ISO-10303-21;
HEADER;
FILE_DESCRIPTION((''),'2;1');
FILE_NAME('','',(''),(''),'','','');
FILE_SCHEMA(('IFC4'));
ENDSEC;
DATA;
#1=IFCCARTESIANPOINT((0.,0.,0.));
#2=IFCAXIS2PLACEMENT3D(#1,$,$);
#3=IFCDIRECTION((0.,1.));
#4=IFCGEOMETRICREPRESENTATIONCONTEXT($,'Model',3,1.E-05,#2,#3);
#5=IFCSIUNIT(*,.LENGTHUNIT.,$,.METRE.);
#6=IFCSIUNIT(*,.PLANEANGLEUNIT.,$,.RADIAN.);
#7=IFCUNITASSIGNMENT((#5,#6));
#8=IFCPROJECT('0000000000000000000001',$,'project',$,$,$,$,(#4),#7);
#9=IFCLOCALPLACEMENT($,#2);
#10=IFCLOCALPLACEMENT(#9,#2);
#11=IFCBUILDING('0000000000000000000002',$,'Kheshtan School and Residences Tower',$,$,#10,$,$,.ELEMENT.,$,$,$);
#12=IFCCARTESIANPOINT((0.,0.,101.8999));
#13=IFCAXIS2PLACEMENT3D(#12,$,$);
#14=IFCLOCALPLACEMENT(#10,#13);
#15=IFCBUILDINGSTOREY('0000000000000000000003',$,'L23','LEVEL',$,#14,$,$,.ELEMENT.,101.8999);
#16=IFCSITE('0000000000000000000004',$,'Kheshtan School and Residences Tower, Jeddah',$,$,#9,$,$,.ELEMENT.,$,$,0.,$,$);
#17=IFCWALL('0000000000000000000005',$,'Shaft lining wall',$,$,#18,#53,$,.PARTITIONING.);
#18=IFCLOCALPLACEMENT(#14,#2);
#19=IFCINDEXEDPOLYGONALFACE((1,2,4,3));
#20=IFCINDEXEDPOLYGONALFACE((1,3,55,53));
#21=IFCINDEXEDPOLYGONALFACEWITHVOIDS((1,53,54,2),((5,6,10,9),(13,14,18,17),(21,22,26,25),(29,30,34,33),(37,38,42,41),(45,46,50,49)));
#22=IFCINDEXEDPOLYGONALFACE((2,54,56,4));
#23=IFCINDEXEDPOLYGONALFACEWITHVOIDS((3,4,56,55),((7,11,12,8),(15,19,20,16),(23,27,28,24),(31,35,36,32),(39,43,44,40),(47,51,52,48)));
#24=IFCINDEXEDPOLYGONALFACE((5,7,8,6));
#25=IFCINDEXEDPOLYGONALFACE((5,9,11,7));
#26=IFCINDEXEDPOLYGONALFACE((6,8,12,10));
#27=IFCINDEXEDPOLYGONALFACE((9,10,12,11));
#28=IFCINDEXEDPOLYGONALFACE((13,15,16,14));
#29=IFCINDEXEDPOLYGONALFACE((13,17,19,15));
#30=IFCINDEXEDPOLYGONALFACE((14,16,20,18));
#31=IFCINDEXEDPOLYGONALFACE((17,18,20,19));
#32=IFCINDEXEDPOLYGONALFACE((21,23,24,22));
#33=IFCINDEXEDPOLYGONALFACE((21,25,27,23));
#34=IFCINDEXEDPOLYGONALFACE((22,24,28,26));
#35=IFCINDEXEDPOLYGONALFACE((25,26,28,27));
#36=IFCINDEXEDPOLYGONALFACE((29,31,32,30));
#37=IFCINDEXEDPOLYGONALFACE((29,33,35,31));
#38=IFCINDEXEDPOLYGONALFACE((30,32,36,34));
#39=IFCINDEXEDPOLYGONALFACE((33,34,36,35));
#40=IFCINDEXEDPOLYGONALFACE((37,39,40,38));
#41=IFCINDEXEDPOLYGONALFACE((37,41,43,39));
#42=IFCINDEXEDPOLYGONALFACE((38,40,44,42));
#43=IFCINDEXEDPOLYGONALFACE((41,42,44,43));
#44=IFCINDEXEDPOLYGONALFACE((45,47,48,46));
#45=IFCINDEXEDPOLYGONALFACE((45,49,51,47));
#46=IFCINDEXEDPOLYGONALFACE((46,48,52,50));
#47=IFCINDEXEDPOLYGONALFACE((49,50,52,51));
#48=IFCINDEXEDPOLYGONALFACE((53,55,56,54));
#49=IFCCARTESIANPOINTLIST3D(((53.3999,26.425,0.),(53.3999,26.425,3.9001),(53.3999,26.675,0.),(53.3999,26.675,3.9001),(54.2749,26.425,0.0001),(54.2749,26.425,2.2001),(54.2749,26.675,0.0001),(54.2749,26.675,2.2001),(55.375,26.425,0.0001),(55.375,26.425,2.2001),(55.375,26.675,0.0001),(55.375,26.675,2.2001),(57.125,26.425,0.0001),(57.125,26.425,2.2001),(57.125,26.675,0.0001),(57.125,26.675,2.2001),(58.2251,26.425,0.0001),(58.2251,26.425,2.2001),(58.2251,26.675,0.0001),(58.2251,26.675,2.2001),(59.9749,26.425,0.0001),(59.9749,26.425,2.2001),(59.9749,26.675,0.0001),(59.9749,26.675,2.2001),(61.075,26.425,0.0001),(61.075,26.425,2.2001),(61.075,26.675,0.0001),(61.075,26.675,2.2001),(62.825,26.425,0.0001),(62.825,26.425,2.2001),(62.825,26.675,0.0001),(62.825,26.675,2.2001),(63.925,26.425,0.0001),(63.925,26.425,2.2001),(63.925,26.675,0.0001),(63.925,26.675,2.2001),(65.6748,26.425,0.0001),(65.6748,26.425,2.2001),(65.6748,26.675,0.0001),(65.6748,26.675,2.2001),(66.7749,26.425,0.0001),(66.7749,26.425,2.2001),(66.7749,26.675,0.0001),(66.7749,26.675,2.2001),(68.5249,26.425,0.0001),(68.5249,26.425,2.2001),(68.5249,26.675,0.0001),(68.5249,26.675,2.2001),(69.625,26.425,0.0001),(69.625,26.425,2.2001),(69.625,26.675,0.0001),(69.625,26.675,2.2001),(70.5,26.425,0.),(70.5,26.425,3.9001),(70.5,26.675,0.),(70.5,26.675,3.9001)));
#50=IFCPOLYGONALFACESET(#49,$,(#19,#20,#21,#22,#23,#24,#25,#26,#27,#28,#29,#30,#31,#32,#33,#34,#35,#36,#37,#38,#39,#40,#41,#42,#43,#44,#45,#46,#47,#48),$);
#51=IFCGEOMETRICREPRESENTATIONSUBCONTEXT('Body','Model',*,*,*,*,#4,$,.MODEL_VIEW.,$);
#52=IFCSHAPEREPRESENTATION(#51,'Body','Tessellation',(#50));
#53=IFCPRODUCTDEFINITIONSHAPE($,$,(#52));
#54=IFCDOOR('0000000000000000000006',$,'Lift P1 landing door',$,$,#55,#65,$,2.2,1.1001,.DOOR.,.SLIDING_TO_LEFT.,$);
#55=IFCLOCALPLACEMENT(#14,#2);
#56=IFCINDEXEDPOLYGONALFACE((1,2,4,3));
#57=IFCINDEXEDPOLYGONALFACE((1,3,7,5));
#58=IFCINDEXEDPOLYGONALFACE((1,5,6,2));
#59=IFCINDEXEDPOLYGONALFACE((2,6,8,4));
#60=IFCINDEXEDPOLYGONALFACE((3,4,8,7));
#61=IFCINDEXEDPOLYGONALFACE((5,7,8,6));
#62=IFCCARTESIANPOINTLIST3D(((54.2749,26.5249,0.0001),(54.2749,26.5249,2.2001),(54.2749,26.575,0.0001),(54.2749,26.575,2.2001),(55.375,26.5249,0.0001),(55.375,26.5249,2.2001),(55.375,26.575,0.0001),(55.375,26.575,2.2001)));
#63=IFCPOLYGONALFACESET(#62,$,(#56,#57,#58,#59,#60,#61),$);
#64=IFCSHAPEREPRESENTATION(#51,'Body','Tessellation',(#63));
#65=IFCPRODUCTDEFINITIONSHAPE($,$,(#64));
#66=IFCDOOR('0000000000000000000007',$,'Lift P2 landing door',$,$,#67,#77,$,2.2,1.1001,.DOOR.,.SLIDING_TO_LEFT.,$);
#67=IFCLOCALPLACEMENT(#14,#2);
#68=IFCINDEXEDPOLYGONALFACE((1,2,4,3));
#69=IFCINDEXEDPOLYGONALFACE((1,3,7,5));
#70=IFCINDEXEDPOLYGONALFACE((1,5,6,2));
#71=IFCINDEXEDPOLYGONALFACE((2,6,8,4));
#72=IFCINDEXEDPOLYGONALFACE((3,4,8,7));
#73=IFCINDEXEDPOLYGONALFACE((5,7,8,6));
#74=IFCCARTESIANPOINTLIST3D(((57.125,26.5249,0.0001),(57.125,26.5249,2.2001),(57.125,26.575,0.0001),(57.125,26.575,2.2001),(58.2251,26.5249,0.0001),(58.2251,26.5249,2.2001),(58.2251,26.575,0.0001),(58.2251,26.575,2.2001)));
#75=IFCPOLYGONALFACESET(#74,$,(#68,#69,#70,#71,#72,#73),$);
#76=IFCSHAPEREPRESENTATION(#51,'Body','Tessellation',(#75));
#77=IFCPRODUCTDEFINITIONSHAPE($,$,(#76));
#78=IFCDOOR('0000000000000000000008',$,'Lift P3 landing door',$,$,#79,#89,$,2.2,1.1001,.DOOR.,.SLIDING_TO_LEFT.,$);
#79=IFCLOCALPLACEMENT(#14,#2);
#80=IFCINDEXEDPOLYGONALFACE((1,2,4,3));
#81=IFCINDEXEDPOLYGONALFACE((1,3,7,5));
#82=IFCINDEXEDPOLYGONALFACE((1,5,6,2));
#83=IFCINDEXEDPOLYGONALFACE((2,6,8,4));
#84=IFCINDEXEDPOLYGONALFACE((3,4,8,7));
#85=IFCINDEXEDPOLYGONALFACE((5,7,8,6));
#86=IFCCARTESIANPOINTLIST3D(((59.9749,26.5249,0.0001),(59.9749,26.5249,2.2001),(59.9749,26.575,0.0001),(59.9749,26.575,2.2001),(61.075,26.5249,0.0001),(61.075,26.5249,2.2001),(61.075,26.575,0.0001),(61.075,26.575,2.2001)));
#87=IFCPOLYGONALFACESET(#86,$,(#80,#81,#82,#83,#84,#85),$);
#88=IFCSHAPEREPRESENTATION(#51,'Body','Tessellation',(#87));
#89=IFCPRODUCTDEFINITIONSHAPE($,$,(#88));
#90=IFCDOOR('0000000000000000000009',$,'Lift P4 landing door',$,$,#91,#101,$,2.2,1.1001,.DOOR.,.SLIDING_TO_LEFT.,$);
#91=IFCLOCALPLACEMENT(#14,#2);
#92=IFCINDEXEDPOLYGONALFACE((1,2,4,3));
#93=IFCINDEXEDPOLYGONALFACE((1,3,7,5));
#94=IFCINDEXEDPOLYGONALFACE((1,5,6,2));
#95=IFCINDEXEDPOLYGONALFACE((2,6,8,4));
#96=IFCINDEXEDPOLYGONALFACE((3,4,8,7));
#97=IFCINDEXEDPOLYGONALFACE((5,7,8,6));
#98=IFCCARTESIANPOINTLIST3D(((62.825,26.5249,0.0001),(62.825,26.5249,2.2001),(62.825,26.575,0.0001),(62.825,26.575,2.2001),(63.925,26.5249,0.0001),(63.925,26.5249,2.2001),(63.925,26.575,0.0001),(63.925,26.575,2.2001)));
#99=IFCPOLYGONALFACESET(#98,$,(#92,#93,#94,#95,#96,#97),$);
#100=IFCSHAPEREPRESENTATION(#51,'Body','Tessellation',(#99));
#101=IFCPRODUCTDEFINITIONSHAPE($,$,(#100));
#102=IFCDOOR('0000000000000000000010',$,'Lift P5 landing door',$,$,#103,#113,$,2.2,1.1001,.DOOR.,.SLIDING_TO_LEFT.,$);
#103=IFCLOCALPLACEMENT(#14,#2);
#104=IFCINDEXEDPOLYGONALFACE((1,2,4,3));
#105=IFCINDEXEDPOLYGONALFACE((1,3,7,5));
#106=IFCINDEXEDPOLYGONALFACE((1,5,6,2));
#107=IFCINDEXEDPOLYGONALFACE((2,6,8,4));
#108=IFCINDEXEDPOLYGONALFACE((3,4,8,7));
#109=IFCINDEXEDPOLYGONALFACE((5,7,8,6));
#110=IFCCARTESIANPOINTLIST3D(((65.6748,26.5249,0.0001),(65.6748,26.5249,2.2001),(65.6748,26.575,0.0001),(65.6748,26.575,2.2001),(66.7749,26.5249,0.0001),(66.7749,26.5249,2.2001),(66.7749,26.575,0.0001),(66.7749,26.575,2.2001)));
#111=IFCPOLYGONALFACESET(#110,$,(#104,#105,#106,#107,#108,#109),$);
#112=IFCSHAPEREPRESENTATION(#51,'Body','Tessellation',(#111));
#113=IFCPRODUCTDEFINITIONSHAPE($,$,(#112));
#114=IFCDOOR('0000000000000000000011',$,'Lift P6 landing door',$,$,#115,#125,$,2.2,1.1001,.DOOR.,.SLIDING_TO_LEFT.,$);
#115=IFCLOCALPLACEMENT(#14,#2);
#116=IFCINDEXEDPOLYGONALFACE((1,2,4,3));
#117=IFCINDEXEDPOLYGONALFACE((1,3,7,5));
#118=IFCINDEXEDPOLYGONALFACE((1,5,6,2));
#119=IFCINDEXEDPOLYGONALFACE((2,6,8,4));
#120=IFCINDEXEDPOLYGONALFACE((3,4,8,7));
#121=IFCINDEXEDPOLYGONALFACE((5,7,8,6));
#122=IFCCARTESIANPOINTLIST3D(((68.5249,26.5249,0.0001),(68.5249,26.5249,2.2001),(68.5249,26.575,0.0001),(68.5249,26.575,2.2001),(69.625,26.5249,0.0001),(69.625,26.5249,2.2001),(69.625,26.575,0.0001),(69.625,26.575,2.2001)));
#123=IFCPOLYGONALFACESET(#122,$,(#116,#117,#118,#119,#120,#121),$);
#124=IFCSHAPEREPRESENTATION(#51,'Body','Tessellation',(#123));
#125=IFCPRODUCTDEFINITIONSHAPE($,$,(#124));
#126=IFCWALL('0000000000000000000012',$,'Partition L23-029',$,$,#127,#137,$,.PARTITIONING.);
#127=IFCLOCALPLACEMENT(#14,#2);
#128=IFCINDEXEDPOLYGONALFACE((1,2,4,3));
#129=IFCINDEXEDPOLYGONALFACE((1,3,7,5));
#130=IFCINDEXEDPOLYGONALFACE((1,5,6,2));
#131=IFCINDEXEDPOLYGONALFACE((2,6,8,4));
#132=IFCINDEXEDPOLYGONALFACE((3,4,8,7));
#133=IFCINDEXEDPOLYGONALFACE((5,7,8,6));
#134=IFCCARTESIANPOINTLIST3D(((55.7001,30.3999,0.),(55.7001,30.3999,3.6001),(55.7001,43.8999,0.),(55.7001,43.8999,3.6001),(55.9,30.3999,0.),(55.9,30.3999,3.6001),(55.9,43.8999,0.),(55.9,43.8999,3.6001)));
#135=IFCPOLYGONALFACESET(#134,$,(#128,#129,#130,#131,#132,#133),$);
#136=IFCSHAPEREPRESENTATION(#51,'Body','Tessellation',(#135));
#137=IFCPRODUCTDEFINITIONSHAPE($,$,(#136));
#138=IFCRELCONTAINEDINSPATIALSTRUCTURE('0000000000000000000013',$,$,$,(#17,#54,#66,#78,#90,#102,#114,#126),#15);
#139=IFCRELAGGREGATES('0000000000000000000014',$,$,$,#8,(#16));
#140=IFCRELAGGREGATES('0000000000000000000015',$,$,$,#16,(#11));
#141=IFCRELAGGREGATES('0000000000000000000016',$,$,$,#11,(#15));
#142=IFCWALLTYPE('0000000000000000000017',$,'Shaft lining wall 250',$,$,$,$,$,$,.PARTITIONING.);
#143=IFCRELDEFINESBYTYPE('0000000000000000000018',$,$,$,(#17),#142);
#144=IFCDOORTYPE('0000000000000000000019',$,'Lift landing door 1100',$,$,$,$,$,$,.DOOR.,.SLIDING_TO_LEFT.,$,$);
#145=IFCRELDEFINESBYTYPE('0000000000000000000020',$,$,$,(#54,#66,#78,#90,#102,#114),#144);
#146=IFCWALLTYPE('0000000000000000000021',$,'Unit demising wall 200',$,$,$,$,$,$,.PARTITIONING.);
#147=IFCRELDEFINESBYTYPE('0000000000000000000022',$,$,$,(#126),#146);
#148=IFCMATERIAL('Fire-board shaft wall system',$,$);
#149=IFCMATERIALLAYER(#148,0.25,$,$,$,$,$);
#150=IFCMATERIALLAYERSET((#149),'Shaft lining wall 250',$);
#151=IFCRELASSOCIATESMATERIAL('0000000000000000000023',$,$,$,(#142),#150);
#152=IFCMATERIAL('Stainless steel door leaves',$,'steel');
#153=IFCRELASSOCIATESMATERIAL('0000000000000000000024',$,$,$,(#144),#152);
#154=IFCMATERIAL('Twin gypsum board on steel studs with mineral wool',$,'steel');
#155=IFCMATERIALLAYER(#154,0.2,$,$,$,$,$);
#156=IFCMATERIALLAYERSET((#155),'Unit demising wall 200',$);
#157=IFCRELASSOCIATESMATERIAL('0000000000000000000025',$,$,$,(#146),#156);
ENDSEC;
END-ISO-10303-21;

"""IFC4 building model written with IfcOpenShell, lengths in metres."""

from ifc_helpers import new_model, si_unit, direction, frame, frame_2d, origin, place, context, subcontext, project, spatial, rectangle, extrude, source, transform, mapped, material, layer, layer_set, type_object, element, fill, save


model = new_model("IFC4")

# Units and contexts
model_context = context("Model", 3, precision=1e-05, world=origin(), true_north=direction((0.0, 1.0)))
body_context = subcontext(model_context, "Body", "Model", "MODEL_VIEW")
ifc_project = project(units=[si_unit("LENGTHUNIT", "METRE"), si_unit("PLANEANGLEUNIT", "RADIAN")], contexts=[model_context])

# Site, building, storey
site_placement = place(None, origin())
site = spatial("IfcSite", under=ifc_project, at=site_placement, Name="Kheshtan School and Residences Tower, Jeddah", CompositionType="ELEMENT", RefElevation=0.0)
building_placement = place(site_placement, origin())
building = spatial("IfcBuilding", under=site, at=building_placement, Name="Kheshtan School and Residences Tower", CompositionType="ELEMENT")
storey_placement = place(building_placement, frame((0.0, 0.0, 101.8999)))
storey = spatial("IfcBuildingStorey", under=building, at=storey_placement, Name="L23", Description="LEVEL", CompositionType="ELEMENT", Elevation=101.8999)

# Wall, openings, doors
ifc_material_1 = material(Name="Fire-board shaft wall system")
ifc_layer_1 = layer(ifc_material_1, 0.25)
ifc_layer_set_1 = layer_set([ifc_layer_1], Name="Shaft lining wall 250")
wall_type_1 = type_object("IfcWallType", Name="Shaft lining wall 250", PredefinedType="PARTITIONING", material=ifc_layer_set_1)
wall_1_placement = place(storey_placement, frame((53.3999, 26.55, 0.0), z_axis=(0.0, 0.0, 1.0), x_axis=(1.0, 0.0, 0.0)))
wall_1 = element("IfcWall", 1, at=wall_1_placement, inside=storey, type_object=wall_type_1, Name="Shaft lining wall", PredefinedType="PARTITIONING", context=body_context, shape_type="SweptSolid", body=[
    extrude(rectangle(XDim=17.1001, YDim=0.25, at=frame_2d((8.55, 0.0))), origin(), (0.0, 0.0, 1.0), 3.9001),
])
opening_1_placement = place(wall_1_placement, frame((0.875, 0.0, 0.0)))
opening_1 = element("IfcOpeningElement", 2, at=opening_1_placement, cuts=wall_1, PredefinedType="OPENING", context=body_context, shape_type="SweptSolid", body=[
    extrude(rectangle(XDim=1.1001, YDim=2.2, at=frame_2d((0.55, 1.1001))), frame((0.0, 0.135, 0.0), z_axis=(0.0, -1.0, 0.0), x_axis=(1.0, 0.0, 0.0)), (0.0, 0.0, 1.0), 0.27),
])
opening_2_placement = place(wall_1_placement, frame((3.7251, 0.0, 0.0)))
opening_2 = element("IfcOpeningElement", 3, at=opening_2_placement, cuts=wall_1, PredefinedType="OPENING", context=body_context, shape_type="SweptSolid", body=[
    extrude(rectangle(XDim=1.1001, YDim=2.2, at=frame_2d((0.55, 1.1001))), frame((0.0, 0.135, 0.0), z_axis=(0.0, -1.0, 0.0), x_axis=(1.0, 0.0, 0.0)), (0.0, 0.0, 1.0), 0.27),
])
opening_3_placement = place(wall_1_placement, frame((6.575, 0.0, 0.0)))
opening_3 = element("IfcOpeningElement", 4, at=opening_3_placement, cuts=wall_1, PredefinedType="OPENING", context=body_context, shape_type="SweptSolid", body=[
    extrude(rectangle(XDim=1.1001, YDim=2.2, at=frame_2d((0.55, 1.1001))), frame((0.0, 0.135, 0.0), z_axis=(0.0, -1.0, 0.0), x_axis=(1.0, 0.0, 0.0)), (0.0, 0.0, 1.0), 0.27),
])
opening_4_placement = place(wall_1_placement, frame((9.425, 0.0, 0.0)))
opening_4 = element("IfcOpeningElement", 5, at=opening_4_placement, cuts=wall_1, PredefinedType="OPENING", context=body_context, shape_type="SweptSolid", body=[
    extrude(rectangle(XDim=1.1001, YDim=2.2, at=frame_2d((0.55, 1.1001))), frame((0.0, 0.135, 0.0), z_axis=(0.0, -1.0, 0.0), x_axis=(1.0, 0.0, 0.0)), (0.0, 0.0, 1.0), 0.27),
])
opening_5_placement = place(wall_1_placement, frame((12.2749, 0.0, 0.0)))
opening_5 = element("IfcOpeningElement", 6, at=opening_5_placement, cuts=wall_1, PredefinedType="OPENING", context=body_context, shape_type="SweptSolid", body=[
    extrude(rectangle(XDim=1.1001, YDim=2.2, at=frame_2d((0.55, 1.1001))), frame((0.0, 0.135, 0.0), z_axis=(0.0, -1.0, 0.0), x_axis=(1.0, 0.0, 0.0)), (0.0, 0.0, 1.0), 0.27),
])
opening_6_placement = place(wall_1_placement, frame((15.125, 0.0, 0.0)))
opening_6 = element("IfcOpeningElement", 7, at=opening_6_placement, cuts=wall_1, PredefinedType="OPENING", context=body_context, shape_type="SweptSolid", body=[
    extrude(rectangle(XDim=1.1001, YDim=2.2, at=frame_2d((0.55, 1.1001))), frame((0.0, 0.135, 0.0), z_axis=(0.0, -1.0, 0.0), x_axis=(1.0, 0.0, 0.0)), (0.0, 0.0, 1.0), 0.27),
])
ifc_material_2 = material(Name="Stainless steel door leaves", Category="steel")
door_type_1 = type_object("IfcDoorType", Name="Lift landing door 1100", OperationType="SLIDING_TO_LEFT", PredefinedType="DOOR", material=ifc_material_2)
shared_shape_1 = source(origin(), body_context, "Body", "SweptSolid", [
    extrude(rectangle(XDim=1.1001, YDim=2.2, at=frame_2d((0.55, 1.1001))), frame((0.0, 0.0249, 0.0), z_axis=(0.0, -1.0, 0.0), x_axis=(1.0, 0.0, 0.0)), (0.0, 0.0, 1.0), 0.05),
])
door_1_placement = place(opening_1_placement, origin())
door_1 = element("IfcDoor", 8, at=door_1_placement, inside=storey, type_object=door_type_1, Name="Lift P1 landing door", OperationType="SLIDING_TO_LEFT", OverallHeight=2.2, OverallWidth=1.1001, PredefinedType="DOOR", context=body_context, shape_type="MappedRepresentation", body=[
    mapped(shared_shape_1, transform((0.0, 0.0, 0.0), x_axis=(1.0, 0.0, 0.0), y_axis=(0.0, 1.0, 0.0), z_axis=(0.0, 0.0, 1.0), scale=1.0)),
])
fill(opening_1, door_1)
door_2_placement = place(opening_2_placement, origin())
door_2 = element("IfcDoor", 9, at=door_2_placement, inside=storey, type_object=door_type_1, Name="Lift P2 landing door", OperationType="SLIDING_TO_LEFT", OverallHeight=2.2, OverallWidth=1.1001, PredefinedType="DOOR", context=body_context, shape_type="MappedRepresentation", body=[
    mapped(shared_shape_1, transform((0.0, 0.0, 0.0), x_axis=(1.0, 0.0, 0.0), y_axis=(0.0, 1.0, 0.0), z_axis=(0.0, 0.0, 1.0), scale=1.0)),
])
fill(opening_2, door_2)
door_3_placement = place(opening_3_placement, origin())
door_3 = element("IfcDoor", 10, at=door_3_placement, inside=storey, type_object=door_type_1, Name="Lift P3 landing door", OperationType="SLIDING_TO_LEFT", OverallHeight=2.2, OverallWidth=1.1001, PredefinedType="DOOR", context=body_context, shape_type="MappedRepresentation", body=[
    mapped(shared_shape_1, transform((0.0, 0.0, 0.0), x_axis=(1.0, 0.0, 0.0), y_axis=(0.0, 1.0, 0.0), z_axis=(0.0, 0.0, 1.0), scale=1.0)),
])
fill(opening_3, door_3)
door_4_placement = place(opening_4_placement, origin())
door_4 = element("IfcDoor", 11, at=door_4_placement, inside=storey, type_object=door_type_1, Name="Lift P4 landing door", OperationType="SLIDING_TO_LEFT", OverallHeight=2.2, OverallWidth=1.1001, PredefinedType="DOOR", context=body_context, shape_type="MappedRepresentation", body=[
    mapped(shared_shape_1, transform((0.0, 0.0, 0.0), x_axis=(1.0, 0.0, 0.0), y_axis=(0.0, 1.0, 0.0), z_axis=(0.0, 0.0, 1.0), scale=1.0)),
])
fill(opening_4, door_4)
door_5_placement = place(opening_5_placement, origin())
door_5 = element("IfcDoor", 12, at=door_5_placement, inside=storey, type_object=door_type_1, Name="Lift P5 landing door", OperationType="SLIDING_TO_LEFT", OverallHeight=2.2, OverallWidth=1.1001, PredefinedType="DOOR", context=body_context, shape_type="MappedRepresentation", body=[
    mapped(shared_shape_1, transform((0.0, 0.0, 0.0), x_axis=(1.0, 0.0, 0.0), y_axis=(0.0, 1.0, 0.0), z_axis=(0.0, 0.0, 1.0), scale=1.0)),
])
fill(opening_5, door_5)
door_6_placement = place(opening_6_placement, origin())
door_6 = element("IfcDoor", 13, at=door_6_placement, inside=storey, type_object=door_type_1, Name="Lift P6 landing door", OperationType="SLIDING_TO_LEFT", OverallHeight=2.2, OverallWidth=1.1001, PredefinedType="DOOR", context=body_context, shape_type="MappedRepresentation", body=[
    mapped(shared_shape_1, transform((0.0, 0.0, 0.0), x_axis=(1.0, 0.0, 0.0), y_axis=(0.0, 1.0, 0.0), z_axis=(0.0, 0.0, 1.0), scale=1.0)),
])
fill(opening_6, door_6)

# Wall
ifc_material_3 = material(Name="Twin gypsum board on steel studs with mineral wool", Category="steel")
ifc_layer_2 = layer(ifc_material_3, 0.2)
ifc_layer_set_2 = layer_set([ifc_layer_2], Name="Unit demising wall 200")
wall_type_2 = type_object("IfcWallType", Name="Unit demising wall 200", PredefinedType="PARTITIONING", material=ifc_layer_set_2)
wall_2_placement = place(storey_placement, frame((55.8, 30.3999, 0.0), z_axis=(0.0, 0.0, 1.0), x_axis=(0.0, 1.0, 0.0)))
element("IfcWall", 14, at=wall_2_placement, inside=storey, type_object=wall_type_2, Name="Partition L23-029", PredefinedType="PARTITIONING", context=body_context, shape_type="SweptSolid", body=[
    extrude(rectangle(XDim=13.5, YDim=0.2, at=frame_2d((6.75, 0.0))), origin(), (0.0, 0.0, 1.0), 3.6001),
])

save(model, "model.ifc")
